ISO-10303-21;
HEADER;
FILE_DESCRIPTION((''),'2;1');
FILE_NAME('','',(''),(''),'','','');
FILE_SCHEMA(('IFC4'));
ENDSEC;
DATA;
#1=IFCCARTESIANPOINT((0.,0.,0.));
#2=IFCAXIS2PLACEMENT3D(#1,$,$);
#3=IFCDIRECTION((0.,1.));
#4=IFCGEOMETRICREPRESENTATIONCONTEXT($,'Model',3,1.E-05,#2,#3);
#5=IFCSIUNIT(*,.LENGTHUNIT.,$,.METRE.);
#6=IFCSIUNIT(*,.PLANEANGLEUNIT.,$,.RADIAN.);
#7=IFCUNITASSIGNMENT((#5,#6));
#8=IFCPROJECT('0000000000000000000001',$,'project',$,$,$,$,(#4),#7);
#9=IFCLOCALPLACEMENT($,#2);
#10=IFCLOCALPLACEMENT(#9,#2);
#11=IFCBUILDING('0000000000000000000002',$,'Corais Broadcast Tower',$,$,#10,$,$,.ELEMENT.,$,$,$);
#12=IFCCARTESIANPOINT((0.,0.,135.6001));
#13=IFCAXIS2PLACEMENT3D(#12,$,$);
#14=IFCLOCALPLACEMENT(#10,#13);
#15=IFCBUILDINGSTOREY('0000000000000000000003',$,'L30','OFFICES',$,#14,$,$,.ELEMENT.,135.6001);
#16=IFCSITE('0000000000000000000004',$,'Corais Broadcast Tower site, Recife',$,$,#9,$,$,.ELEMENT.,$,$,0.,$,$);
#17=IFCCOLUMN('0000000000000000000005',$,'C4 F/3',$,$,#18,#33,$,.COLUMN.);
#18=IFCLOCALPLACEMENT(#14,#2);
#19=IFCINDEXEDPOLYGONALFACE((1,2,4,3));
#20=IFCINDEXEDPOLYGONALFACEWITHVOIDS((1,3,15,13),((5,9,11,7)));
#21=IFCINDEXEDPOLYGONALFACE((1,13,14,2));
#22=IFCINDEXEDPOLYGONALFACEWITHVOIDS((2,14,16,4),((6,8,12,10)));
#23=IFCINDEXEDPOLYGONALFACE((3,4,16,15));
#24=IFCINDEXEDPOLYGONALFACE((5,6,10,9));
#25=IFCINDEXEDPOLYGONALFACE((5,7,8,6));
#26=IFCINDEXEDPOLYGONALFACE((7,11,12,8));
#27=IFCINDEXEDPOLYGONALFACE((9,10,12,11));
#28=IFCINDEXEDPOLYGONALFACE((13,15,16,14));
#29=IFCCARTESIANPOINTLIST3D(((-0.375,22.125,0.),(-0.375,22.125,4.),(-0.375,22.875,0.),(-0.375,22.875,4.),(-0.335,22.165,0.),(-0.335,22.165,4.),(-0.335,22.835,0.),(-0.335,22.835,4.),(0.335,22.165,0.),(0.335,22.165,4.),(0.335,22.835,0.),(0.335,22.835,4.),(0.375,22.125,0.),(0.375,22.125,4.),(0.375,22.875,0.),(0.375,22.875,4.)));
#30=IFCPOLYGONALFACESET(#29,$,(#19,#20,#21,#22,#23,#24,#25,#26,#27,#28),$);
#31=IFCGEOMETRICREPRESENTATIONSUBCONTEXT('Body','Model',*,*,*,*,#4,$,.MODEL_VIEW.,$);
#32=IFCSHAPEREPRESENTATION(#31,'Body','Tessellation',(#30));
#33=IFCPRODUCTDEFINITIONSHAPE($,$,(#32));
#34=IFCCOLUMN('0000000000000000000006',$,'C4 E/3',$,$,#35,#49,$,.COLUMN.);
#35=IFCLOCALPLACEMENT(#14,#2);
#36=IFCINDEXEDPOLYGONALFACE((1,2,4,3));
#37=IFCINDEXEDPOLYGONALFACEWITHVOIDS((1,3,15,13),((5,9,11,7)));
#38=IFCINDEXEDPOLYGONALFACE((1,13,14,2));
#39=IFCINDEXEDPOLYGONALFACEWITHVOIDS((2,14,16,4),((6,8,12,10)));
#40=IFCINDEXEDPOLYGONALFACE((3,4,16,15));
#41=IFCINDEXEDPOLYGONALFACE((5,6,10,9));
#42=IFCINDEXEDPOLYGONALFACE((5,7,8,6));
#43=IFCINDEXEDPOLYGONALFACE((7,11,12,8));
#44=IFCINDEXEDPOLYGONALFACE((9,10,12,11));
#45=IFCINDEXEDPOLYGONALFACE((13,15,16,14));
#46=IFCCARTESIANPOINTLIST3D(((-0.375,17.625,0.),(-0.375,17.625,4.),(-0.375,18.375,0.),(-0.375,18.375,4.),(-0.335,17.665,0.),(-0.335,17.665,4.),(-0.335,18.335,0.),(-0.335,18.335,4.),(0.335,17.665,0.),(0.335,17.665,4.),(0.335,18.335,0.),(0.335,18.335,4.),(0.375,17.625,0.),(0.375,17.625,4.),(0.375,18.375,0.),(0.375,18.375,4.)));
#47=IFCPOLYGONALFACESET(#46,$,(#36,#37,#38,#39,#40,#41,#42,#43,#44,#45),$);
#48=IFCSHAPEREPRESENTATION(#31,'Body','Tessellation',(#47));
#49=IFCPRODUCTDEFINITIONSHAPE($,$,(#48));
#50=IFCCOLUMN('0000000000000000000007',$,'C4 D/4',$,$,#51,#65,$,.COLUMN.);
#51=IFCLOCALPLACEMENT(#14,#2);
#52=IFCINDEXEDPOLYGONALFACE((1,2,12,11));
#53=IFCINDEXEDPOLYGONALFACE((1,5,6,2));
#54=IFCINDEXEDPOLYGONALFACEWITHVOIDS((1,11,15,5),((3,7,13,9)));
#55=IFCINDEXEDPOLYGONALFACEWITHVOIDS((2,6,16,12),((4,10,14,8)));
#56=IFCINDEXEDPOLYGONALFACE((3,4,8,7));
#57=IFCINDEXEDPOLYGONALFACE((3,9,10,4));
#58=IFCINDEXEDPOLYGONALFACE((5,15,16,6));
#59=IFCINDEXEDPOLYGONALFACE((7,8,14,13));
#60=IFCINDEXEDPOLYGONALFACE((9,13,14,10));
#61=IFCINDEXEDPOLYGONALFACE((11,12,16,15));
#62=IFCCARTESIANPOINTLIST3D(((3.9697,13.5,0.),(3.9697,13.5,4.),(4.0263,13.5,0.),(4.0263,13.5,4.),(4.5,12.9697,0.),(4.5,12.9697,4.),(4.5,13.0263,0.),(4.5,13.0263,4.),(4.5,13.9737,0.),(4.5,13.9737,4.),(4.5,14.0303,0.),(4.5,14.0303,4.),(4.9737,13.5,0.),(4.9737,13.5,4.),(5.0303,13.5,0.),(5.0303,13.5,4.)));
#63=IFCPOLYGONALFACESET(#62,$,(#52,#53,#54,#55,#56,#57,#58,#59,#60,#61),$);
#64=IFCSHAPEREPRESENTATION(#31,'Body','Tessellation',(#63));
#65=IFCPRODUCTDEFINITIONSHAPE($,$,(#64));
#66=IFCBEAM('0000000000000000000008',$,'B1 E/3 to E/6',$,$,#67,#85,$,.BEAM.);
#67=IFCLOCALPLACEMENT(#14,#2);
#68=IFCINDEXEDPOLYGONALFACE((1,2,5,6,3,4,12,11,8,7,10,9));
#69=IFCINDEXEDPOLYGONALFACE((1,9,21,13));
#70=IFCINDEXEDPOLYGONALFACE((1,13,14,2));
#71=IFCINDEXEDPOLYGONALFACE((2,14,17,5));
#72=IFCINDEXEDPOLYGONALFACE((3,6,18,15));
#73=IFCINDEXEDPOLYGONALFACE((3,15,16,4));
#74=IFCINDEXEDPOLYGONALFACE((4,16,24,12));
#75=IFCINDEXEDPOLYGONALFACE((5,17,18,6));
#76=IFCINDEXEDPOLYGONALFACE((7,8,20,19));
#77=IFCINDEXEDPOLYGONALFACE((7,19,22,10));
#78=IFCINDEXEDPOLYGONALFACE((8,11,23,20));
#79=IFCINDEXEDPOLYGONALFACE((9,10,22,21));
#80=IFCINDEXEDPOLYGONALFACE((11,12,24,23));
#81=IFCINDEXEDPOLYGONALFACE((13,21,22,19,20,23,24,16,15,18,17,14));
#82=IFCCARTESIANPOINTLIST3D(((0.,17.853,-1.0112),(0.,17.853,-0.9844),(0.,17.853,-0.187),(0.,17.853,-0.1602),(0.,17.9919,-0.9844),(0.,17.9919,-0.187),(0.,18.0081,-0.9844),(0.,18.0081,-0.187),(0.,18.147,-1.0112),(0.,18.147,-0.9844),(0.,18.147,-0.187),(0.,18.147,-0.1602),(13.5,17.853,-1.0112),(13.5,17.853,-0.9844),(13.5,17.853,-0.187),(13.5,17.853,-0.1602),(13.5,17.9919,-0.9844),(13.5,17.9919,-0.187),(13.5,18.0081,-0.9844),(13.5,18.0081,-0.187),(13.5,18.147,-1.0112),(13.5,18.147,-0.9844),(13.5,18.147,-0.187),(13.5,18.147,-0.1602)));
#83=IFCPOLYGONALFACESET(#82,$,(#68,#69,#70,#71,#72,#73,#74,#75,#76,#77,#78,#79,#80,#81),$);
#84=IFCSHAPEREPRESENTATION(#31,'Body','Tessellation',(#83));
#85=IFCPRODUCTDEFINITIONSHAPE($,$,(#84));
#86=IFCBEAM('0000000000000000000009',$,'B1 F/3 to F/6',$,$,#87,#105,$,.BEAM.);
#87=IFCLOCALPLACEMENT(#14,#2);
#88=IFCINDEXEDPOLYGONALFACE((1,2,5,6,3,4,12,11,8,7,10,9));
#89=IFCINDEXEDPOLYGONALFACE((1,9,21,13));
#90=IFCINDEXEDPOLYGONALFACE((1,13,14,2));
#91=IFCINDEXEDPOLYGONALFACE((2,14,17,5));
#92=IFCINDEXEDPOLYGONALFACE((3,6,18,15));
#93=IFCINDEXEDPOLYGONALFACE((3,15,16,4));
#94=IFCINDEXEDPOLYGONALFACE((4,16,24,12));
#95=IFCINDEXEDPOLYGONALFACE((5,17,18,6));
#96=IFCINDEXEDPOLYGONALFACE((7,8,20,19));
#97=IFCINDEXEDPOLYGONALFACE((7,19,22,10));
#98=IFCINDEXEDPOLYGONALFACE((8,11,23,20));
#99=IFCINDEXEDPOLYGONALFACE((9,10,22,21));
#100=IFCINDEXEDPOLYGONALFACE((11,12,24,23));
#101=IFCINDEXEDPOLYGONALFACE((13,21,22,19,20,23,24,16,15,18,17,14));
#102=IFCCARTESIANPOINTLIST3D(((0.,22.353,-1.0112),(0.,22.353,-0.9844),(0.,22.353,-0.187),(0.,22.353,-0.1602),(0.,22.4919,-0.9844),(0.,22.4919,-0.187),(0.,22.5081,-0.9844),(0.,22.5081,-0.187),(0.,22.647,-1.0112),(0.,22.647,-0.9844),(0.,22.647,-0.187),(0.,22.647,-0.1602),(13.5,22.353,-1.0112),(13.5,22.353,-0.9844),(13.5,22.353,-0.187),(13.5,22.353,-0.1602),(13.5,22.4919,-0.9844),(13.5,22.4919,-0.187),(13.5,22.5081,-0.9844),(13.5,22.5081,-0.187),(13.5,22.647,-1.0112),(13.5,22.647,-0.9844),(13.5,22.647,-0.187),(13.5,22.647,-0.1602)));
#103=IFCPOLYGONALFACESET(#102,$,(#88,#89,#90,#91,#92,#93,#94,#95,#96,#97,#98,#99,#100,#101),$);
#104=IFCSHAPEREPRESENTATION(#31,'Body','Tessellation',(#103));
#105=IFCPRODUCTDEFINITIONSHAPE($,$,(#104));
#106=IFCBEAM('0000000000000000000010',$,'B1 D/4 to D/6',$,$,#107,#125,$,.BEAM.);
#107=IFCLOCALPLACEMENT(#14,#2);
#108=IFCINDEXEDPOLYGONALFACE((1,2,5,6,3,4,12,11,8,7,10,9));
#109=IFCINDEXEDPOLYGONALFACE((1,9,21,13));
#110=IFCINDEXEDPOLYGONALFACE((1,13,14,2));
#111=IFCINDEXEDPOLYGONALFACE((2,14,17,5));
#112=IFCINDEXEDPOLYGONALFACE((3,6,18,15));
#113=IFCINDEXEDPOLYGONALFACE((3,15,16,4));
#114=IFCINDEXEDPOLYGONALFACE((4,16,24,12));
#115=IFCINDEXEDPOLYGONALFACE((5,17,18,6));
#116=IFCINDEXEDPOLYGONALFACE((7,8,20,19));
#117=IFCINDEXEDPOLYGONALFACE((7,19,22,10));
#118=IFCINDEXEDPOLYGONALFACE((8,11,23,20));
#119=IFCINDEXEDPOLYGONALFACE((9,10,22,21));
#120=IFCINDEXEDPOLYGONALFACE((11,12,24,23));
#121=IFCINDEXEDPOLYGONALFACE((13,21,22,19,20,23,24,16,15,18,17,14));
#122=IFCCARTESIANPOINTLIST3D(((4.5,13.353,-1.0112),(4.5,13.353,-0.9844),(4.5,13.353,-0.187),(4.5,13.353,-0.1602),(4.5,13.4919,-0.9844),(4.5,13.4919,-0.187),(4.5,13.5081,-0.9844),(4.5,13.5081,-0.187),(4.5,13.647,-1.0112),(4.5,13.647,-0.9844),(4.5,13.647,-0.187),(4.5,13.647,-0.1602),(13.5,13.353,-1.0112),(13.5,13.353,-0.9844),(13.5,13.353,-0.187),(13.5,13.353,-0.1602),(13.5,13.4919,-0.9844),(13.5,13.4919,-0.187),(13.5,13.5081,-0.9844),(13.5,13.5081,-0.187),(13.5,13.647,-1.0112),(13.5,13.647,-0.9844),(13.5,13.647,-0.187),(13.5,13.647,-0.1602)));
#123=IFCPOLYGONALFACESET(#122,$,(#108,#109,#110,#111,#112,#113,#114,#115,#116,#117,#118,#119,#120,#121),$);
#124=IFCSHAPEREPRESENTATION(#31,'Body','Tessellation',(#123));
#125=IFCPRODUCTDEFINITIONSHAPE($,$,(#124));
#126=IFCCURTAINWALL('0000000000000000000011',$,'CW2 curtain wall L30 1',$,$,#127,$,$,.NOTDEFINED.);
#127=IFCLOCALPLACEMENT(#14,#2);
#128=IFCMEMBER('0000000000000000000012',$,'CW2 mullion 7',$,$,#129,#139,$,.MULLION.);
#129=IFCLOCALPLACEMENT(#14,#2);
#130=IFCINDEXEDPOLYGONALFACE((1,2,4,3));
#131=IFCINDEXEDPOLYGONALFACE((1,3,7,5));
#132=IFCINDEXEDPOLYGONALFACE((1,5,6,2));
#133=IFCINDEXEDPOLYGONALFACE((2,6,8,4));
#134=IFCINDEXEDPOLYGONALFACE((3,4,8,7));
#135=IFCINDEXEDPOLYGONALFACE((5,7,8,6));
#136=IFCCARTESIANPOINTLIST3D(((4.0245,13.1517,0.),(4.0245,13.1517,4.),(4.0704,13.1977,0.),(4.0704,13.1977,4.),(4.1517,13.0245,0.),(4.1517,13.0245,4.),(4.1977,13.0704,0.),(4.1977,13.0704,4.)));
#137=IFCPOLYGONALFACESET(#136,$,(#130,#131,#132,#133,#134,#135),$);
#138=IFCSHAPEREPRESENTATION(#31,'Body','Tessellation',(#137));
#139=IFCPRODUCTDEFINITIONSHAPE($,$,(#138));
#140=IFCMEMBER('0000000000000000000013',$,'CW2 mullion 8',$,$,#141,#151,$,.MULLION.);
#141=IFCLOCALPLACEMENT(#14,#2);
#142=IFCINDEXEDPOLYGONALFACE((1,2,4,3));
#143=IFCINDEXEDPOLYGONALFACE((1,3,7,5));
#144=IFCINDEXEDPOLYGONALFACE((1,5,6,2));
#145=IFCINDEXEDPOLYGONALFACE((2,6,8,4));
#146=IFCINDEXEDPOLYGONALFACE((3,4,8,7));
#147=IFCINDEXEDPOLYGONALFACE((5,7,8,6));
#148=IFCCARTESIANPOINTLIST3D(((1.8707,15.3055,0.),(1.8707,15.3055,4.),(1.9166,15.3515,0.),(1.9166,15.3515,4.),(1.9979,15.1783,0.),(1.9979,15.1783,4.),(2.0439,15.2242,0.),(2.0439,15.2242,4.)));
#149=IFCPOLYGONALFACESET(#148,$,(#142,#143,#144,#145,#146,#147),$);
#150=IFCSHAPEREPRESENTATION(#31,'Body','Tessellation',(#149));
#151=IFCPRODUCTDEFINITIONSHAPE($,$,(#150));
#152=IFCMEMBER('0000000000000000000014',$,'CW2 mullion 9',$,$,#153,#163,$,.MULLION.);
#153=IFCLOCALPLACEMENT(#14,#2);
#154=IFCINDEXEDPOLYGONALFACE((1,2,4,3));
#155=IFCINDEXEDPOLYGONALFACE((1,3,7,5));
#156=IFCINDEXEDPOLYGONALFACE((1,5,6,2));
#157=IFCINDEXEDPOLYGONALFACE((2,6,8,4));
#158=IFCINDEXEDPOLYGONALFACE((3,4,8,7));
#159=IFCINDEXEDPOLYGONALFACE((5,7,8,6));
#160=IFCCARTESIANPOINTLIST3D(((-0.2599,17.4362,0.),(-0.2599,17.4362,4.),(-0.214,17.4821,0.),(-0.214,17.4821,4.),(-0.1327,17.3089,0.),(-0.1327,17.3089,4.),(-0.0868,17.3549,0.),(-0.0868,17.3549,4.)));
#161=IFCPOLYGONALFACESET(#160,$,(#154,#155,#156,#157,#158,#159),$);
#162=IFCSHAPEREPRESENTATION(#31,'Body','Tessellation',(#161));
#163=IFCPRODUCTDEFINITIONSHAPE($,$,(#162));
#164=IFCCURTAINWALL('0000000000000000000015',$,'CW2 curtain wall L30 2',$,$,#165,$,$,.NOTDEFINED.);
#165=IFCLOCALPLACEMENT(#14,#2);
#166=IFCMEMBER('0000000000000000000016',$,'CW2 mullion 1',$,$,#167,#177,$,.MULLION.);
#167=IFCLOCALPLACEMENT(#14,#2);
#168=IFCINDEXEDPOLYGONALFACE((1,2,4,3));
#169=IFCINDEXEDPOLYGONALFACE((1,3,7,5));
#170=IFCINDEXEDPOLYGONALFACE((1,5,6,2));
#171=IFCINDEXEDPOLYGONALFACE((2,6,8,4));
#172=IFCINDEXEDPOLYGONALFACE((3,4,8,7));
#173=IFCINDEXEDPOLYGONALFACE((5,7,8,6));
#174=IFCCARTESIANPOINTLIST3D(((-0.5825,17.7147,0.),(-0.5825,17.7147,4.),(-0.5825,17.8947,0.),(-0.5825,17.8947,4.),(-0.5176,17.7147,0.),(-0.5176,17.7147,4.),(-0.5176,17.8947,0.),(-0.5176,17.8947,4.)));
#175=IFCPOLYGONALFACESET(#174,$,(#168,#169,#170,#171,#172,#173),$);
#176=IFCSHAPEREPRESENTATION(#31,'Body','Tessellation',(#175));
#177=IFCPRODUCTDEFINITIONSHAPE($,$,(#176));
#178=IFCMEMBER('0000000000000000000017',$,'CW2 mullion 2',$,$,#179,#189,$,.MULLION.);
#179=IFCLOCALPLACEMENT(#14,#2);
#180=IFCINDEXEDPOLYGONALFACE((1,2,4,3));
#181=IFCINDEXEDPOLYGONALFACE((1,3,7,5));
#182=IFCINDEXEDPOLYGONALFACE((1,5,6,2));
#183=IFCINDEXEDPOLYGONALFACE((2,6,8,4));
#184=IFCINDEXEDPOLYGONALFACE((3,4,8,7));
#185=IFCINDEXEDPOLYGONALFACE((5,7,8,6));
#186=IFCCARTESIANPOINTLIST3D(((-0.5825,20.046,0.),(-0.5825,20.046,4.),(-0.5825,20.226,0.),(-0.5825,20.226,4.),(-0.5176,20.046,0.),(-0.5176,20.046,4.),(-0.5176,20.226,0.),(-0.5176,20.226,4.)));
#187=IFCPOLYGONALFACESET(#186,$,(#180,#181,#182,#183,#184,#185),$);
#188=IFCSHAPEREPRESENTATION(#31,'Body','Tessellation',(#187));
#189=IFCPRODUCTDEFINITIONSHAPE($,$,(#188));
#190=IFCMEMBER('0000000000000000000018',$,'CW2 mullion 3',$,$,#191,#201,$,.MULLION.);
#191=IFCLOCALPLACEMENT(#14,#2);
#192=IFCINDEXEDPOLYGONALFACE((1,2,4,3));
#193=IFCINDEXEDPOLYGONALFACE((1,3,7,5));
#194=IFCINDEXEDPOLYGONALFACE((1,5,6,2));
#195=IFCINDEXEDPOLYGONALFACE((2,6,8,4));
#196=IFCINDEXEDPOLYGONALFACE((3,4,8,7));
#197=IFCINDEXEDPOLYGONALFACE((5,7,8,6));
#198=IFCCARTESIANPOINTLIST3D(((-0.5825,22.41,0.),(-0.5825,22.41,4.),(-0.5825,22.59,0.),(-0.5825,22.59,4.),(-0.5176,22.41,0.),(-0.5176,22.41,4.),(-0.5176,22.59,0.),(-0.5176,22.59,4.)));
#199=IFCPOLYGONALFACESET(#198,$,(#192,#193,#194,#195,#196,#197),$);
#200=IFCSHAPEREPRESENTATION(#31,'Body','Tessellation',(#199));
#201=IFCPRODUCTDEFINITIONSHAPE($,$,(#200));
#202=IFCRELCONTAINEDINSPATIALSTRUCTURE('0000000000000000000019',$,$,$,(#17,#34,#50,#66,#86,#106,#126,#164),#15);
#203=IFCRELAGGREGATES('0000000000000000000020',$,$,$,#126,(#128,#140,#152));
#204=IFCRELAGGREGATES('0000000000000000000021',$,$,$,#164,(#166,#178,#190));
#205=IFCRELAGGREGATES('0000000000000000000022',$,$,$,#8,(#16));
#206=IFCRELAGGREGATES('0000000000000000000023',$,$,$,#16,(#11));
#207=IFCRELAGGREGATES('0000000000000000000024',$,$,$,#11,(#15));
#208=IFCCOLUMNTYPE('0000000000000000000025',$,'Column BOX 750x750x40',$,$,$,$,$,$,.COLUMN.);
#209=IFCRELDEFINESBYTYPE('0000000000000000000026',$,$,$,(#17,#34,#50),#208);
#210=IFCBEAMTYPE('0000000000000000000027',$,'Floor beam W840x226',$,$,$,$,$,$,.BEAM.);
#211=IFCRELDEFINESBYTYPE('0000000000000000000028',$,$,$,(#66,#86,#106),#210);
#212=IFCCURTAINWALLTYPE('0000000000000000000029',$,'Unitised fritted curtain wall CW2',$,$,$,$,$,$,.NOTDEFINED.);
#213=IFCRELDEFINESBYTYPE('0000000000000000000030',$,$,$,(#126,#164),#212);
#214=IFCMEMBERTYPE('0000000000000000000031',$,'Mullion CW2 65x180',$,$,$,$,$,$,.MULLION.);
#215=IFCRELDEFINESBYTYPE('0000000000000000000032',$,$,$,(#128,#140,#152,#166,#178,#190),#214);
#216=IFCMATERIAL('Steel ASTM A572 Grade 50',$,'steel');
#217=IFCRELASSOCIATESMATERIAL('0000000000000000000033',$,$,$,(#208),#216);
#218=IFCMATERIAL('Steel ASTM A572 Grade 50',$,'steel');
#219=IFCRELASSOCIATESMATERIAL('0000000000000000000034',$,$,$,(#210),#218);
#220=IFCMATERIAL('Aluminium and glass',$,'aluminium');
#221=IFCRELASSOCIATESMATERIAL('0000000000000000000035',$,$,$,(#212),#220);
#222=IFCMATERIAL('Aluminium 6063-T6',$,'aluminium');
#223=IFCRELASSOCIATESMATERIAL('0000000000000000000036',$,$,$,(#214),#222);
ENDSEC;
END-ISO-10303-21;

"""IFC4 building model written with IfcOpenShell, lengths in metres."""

from ifc_helpers import new_model, si_unit, direction, frame, origin, origin_2d, place, context, subcontext, project, spatial, rectangle, hollow_rectangle, i_section, extrude, material, material_profile, profile_set, type_object, element, aggregate, save


model = new_model("IFC4")

# Units and contexts
model_context = context("Model", 3, precision=1e-05, world=origin(), true_north=direction((0.0, 1.0)))
body_context = subcontext(model_context, "Body", "Model", "MODEL_VIEW")
ifc_project = project(units=[si_unit("LENGTHUNIT", "METRE"), si_unit("PLANEANGLEUNIT", "RADIAN")], contexts=[model_context])

# Site, building, storey
site_placement = place(None, origin())
site = spatial("IfcSite", under=ifc_project, at=site_placement, Name="Corais Broadcast Tower site, Recife", CompositionType="ELEMENT", RefElevation=0.0)
building_placement = place(site_placement, origin())
building = spatial("IfcBuilding", under=site, at=building_placement, Name="Corais Broadcast Tower", CompositionType="ELEMENT")
storey_placement = place(building_placement, frame((0.0, 0.0, 135.6001)))
storey = spatial("IfcBuildingStorey", under=building, at=storey_placement, Name="L30", Description="OFFICES", CompositionType="ELEMENT", Elevation=135.6001)

# Columns
ifc_material_1 = material(Name="Steel ASTM A572 Grade 50", Category="steel")
ifc_material_profile_1 = material_profile(ifc_material_1, hollow_rectangle(XDim=0.75, YDim=0.75, WallThickness=0.04, at=origin_2d()), Name="BOX 750x750x40")
ifc_profile_set_1 = profile_set([ifc_material_profile_1], Name="Steel ASTM A572 Grade 50")
column_type = type_object("IfcColumnType", Name="Column BOX 750x750x40", PredefinedType="COLUMN", material=ifc_profile_set_1)
for number, where, z_axis, x_axis, name in (
    (1, (0.0, 22.5, 0.0), (0.0, 0.0, 1.0), (1.0, 0.0, 0.0), "C4 F/3"),
    (2, (0.0, 18.0, 0.0), (0.0, 0.0, 1.0), (1.0, 0.0, 0.0), "C4 E/3"),
    (3, (4.5, 13.5, 0.0), (0.0, 0.0, 1.0), (0.707107, 0.707107, 0.0), "C4 D/4"),
):
    element("IfcColumn", number, at=place(storey_placement, frame(where, z_axis=z_axis, x_axis=x_axis)), inside=storey, type_object=column_type, Name=name, PredefinedType="COLUMN", context=body_context, shape_type="SweptSolid", body=[
        extrude(hollow_rectangle(XDim=0.75, YDim=0.75, WallThickness=0.04, at=origin_2d()), origin(), (0.0, 0.0, 1.0), 4.0),
    ])

# Beams
ifc_material_2 = material(Name="Steel ASTM A572 Grade 50", Category="steel")
ifc_material_profile_2 = material_profile(ifc_material_2, i_section(OverallWidth=0.2939, OverallDepth=0.8511, WebThickness=0.0161, FlangeThickness=0.0269, at=origin_2d()), Name="W840x226")
ifc_profile_set_2 = profile_set([ifc_material_profile_2], Name="Steel ASTM A572 Grade 50")
beam_type_1 = type_object("IfcBeamType", Name="Floor beam W840x226", PredefinedType="BEAM", material=ifc_profile_set_2)
for number, where, z_axis, x_axis, name in (
    (4, (0.0, 18.0, -0.5857), (1.0, 0.0, 0.0), (0.0, 1.0, 0.0), "B1 E/3 to E/6"),
    (5, (0.0, 22.5, -0.5857), (1.0, 0.0, 0.0), (0.0, 1.0, 0.0), "B1 F/3 to F/6"),
):
    element("IfcBeam", number, at=place(storey_placement, frame(where, z_axis=z_axis, x_axis=x_axis)), inside=storey, type_object=beam_type_1, Name=name, PredefinedType="BEAM", context=body_context, shape_type="SweptSolid", body=[
        extrude(i_section(OverallWidth=0.2939, OverallDepth=0.8511, WebThickness=0.0161, FlangeThickness=0.0269, at=origin_2d()), origin(), (0.0, 0.0, 1.0), 13.5),
    ])
beam_1_placement = place(storey_placement, frame((4.5, 13.5, -0.5857), z_axis=(1.0, 0.0, 0.0), x_axis=(0.0, 1.0, 0.0)))
element("IfcBeam", 6, at=beam_1_placement, inside=storey, type_object=beam_type_1, Name="B1 D/4 to D/6", PredefinedType="BEAM", context=body_context, shape_type="SweptSolid", body=[
    extrude(i_section(OverallWidth=0.2939, OverallDepth=0.8511, WebThickness=0.0161, FlangeThickness=0.0269, at=origin_2d()), origin(), (0.0, 0.0, 1.0), 9.0),
])

# Curtain walls, members
ifc_material_3 = material(Name="Aluminium and glass", Category="aluminium")
curtain_wall_type = type_object("IfcCurtainWallType", Name="Unitised fritted curtain wall CW2", PredefinedType="NOTDEFINED", material=ifc_material_3)
curtain_wall_1_placement = place(storey_placement, origin())
curtain_wall_1 = element("IfcCurtainWall", 7, at=curtain_wall_1_placement, inside=storey, type_object=curtain_wall_type, Name="CW2 curtain wall L30 1", PredefinedType="NOTDEFINED")
ifc_material_4 = material(Name="Aluminium 6063-T6", Category="aluminium")
ifc_material_profile_3 = material_profile(ifc_material_4, rectangle(XDim=0.0649, YDim=0.1799, at=origin_2d()), Name="Mullion CW2 65x180")
ifc_profile_set_3 = profile_set([ifc_material_profile_3], Name="Aluminium 6063-T6")
member_type_1 = type_object("IfcMemberType", Name="Mullion CW2 65x180", PredefinedType="MULLION", material=ifc_profile_set_3)
member_1_placement = place(storey_placement, frame((4.1111, 13.1111, 0.0), z_axis=(0.0, 0.0, 1.0), x_axis=(-0.707107, -0.707107, 0.0)))
member_1 = element("IfcMember", 8, at=member_1_placement, type_object=member_type_1, Name="CW2 mullion 7", PredefinedType="MULLION", context=body_context, shape_type="SweptSolid", body=[
    extrude(rectangle(XDim=0.0649, YDim=0.1799, at=origin_2d()), origin(), (0.0, 0.0, 1.0), 4.0),
])
member_2_placement = place(storey_placement, frame((1.9573, 15.2649, 0.0), z_axis=(0.0, 0.0, 1.0), x_axis=(-0.707107, -0.707107, 0.0)))
member_2 = element("IfcMember", 9, at=member_2_placement, type_object=member_type_1, Name="CW2 mullion 8", PredefinedType="MULLION", context=body_context, shape_type="SweptSolid", body=[
    extrude(rectangle(XDim=0.0649, YDim=0.1799, at=origin_2d()), origin(), (0.0, 0.0, 1.0), 4.0),
])
member_3_placement = place(storey_placement, frame((-0.1733, 17.3955, 0.0), z_axis=(0.0, 0.0, 1.0), x_axis=(-0.707107, -0.707107, 0.0)))
member_3 = element("IfcMember", 10, at=member_3_placement, type_object=member_type_1, Name="CW2 mullion 9", PredefinedType="MULLION", context=body_context, shape_type="SweptSolid", body=[
    extrude(rectangle(XDim=0.0649, YDim=0.1799, at=origin_2d()), origin(), (0.0, 0.0, 1.0), 4.0),
])
curtain_wall_2_placement = place(storey_placement, origin())
curtain_wall_2 = element("IfcCurtainWall", 11, at=curtain_wall_2_placement, inside=storey, type_object=curtain_wall_type, Name="CW2 curtain wall L30 2", PredefinedType="NOTDEFINED")
member_4_placement = place(storey_placement, frame((-0.55, 17.8047, 0.0), z_axis=(0.0, 0.0, 1.0), x_axis=(-1.0, 0.0, 0.0)))
member_4 = element("IfcMember", 12, at=member_4_placement, type_object=member_type_1, Name="CW2 mullion 1", PredefinedType="MULLION", context=body_context, shape_type="SweptSolid", body=[
    extrude(rectangle(XDim=0.0649, YDim=0.1799, at=origin_2d()), origin(), (0.0, 0.0, 1.0), 4.0),
])
member_5_placement = place(storey_placement, frame((-0.55, 20.136, 0.0), z_axis=(0.0, 0.0, 1.0), x_axis=(-1.0, 0.0, 0.0)))
member_5 = element("IfcMember", 13, at=member_5_placement, type_object=member_type_1, Name="CW2 mullion 2", PredefinedType="MULLION", context=body_context, shape_type="SweptSolid", body=[
    extrude(rectangle(XDim=0.0649, YDim=0.1799, at=origin_2d()), origin(), (0.0, 0.0, 1.0), 4.0),
])
member_6_placement = place(storey_placement, frame((-0.55, 22.5, 0.0), z_axis=(0.0, 0.0, 1.0), x_axis=(-1.0, 0.0, 0.0)))
member_6 = element("IfcMember", 14, at=member_6_placement, type_object=member_type_1, Name="CW2 mullion 3", PredefinedType="MULLION", context=body_context, shape_type="SweptSolid", body=[
    extrude(rectangle(XDim=0.0649, YDim=0.1799, at=origin_2d()), origin(), (0.0, 0.0, 1.0), 4.0),
])

aggregate(curtain_wall_1, [member_1, member_2, member_3])
aggregate(curtain_wall_2, [member_4, member_5, member_6])

save(model, "model.ifc")
